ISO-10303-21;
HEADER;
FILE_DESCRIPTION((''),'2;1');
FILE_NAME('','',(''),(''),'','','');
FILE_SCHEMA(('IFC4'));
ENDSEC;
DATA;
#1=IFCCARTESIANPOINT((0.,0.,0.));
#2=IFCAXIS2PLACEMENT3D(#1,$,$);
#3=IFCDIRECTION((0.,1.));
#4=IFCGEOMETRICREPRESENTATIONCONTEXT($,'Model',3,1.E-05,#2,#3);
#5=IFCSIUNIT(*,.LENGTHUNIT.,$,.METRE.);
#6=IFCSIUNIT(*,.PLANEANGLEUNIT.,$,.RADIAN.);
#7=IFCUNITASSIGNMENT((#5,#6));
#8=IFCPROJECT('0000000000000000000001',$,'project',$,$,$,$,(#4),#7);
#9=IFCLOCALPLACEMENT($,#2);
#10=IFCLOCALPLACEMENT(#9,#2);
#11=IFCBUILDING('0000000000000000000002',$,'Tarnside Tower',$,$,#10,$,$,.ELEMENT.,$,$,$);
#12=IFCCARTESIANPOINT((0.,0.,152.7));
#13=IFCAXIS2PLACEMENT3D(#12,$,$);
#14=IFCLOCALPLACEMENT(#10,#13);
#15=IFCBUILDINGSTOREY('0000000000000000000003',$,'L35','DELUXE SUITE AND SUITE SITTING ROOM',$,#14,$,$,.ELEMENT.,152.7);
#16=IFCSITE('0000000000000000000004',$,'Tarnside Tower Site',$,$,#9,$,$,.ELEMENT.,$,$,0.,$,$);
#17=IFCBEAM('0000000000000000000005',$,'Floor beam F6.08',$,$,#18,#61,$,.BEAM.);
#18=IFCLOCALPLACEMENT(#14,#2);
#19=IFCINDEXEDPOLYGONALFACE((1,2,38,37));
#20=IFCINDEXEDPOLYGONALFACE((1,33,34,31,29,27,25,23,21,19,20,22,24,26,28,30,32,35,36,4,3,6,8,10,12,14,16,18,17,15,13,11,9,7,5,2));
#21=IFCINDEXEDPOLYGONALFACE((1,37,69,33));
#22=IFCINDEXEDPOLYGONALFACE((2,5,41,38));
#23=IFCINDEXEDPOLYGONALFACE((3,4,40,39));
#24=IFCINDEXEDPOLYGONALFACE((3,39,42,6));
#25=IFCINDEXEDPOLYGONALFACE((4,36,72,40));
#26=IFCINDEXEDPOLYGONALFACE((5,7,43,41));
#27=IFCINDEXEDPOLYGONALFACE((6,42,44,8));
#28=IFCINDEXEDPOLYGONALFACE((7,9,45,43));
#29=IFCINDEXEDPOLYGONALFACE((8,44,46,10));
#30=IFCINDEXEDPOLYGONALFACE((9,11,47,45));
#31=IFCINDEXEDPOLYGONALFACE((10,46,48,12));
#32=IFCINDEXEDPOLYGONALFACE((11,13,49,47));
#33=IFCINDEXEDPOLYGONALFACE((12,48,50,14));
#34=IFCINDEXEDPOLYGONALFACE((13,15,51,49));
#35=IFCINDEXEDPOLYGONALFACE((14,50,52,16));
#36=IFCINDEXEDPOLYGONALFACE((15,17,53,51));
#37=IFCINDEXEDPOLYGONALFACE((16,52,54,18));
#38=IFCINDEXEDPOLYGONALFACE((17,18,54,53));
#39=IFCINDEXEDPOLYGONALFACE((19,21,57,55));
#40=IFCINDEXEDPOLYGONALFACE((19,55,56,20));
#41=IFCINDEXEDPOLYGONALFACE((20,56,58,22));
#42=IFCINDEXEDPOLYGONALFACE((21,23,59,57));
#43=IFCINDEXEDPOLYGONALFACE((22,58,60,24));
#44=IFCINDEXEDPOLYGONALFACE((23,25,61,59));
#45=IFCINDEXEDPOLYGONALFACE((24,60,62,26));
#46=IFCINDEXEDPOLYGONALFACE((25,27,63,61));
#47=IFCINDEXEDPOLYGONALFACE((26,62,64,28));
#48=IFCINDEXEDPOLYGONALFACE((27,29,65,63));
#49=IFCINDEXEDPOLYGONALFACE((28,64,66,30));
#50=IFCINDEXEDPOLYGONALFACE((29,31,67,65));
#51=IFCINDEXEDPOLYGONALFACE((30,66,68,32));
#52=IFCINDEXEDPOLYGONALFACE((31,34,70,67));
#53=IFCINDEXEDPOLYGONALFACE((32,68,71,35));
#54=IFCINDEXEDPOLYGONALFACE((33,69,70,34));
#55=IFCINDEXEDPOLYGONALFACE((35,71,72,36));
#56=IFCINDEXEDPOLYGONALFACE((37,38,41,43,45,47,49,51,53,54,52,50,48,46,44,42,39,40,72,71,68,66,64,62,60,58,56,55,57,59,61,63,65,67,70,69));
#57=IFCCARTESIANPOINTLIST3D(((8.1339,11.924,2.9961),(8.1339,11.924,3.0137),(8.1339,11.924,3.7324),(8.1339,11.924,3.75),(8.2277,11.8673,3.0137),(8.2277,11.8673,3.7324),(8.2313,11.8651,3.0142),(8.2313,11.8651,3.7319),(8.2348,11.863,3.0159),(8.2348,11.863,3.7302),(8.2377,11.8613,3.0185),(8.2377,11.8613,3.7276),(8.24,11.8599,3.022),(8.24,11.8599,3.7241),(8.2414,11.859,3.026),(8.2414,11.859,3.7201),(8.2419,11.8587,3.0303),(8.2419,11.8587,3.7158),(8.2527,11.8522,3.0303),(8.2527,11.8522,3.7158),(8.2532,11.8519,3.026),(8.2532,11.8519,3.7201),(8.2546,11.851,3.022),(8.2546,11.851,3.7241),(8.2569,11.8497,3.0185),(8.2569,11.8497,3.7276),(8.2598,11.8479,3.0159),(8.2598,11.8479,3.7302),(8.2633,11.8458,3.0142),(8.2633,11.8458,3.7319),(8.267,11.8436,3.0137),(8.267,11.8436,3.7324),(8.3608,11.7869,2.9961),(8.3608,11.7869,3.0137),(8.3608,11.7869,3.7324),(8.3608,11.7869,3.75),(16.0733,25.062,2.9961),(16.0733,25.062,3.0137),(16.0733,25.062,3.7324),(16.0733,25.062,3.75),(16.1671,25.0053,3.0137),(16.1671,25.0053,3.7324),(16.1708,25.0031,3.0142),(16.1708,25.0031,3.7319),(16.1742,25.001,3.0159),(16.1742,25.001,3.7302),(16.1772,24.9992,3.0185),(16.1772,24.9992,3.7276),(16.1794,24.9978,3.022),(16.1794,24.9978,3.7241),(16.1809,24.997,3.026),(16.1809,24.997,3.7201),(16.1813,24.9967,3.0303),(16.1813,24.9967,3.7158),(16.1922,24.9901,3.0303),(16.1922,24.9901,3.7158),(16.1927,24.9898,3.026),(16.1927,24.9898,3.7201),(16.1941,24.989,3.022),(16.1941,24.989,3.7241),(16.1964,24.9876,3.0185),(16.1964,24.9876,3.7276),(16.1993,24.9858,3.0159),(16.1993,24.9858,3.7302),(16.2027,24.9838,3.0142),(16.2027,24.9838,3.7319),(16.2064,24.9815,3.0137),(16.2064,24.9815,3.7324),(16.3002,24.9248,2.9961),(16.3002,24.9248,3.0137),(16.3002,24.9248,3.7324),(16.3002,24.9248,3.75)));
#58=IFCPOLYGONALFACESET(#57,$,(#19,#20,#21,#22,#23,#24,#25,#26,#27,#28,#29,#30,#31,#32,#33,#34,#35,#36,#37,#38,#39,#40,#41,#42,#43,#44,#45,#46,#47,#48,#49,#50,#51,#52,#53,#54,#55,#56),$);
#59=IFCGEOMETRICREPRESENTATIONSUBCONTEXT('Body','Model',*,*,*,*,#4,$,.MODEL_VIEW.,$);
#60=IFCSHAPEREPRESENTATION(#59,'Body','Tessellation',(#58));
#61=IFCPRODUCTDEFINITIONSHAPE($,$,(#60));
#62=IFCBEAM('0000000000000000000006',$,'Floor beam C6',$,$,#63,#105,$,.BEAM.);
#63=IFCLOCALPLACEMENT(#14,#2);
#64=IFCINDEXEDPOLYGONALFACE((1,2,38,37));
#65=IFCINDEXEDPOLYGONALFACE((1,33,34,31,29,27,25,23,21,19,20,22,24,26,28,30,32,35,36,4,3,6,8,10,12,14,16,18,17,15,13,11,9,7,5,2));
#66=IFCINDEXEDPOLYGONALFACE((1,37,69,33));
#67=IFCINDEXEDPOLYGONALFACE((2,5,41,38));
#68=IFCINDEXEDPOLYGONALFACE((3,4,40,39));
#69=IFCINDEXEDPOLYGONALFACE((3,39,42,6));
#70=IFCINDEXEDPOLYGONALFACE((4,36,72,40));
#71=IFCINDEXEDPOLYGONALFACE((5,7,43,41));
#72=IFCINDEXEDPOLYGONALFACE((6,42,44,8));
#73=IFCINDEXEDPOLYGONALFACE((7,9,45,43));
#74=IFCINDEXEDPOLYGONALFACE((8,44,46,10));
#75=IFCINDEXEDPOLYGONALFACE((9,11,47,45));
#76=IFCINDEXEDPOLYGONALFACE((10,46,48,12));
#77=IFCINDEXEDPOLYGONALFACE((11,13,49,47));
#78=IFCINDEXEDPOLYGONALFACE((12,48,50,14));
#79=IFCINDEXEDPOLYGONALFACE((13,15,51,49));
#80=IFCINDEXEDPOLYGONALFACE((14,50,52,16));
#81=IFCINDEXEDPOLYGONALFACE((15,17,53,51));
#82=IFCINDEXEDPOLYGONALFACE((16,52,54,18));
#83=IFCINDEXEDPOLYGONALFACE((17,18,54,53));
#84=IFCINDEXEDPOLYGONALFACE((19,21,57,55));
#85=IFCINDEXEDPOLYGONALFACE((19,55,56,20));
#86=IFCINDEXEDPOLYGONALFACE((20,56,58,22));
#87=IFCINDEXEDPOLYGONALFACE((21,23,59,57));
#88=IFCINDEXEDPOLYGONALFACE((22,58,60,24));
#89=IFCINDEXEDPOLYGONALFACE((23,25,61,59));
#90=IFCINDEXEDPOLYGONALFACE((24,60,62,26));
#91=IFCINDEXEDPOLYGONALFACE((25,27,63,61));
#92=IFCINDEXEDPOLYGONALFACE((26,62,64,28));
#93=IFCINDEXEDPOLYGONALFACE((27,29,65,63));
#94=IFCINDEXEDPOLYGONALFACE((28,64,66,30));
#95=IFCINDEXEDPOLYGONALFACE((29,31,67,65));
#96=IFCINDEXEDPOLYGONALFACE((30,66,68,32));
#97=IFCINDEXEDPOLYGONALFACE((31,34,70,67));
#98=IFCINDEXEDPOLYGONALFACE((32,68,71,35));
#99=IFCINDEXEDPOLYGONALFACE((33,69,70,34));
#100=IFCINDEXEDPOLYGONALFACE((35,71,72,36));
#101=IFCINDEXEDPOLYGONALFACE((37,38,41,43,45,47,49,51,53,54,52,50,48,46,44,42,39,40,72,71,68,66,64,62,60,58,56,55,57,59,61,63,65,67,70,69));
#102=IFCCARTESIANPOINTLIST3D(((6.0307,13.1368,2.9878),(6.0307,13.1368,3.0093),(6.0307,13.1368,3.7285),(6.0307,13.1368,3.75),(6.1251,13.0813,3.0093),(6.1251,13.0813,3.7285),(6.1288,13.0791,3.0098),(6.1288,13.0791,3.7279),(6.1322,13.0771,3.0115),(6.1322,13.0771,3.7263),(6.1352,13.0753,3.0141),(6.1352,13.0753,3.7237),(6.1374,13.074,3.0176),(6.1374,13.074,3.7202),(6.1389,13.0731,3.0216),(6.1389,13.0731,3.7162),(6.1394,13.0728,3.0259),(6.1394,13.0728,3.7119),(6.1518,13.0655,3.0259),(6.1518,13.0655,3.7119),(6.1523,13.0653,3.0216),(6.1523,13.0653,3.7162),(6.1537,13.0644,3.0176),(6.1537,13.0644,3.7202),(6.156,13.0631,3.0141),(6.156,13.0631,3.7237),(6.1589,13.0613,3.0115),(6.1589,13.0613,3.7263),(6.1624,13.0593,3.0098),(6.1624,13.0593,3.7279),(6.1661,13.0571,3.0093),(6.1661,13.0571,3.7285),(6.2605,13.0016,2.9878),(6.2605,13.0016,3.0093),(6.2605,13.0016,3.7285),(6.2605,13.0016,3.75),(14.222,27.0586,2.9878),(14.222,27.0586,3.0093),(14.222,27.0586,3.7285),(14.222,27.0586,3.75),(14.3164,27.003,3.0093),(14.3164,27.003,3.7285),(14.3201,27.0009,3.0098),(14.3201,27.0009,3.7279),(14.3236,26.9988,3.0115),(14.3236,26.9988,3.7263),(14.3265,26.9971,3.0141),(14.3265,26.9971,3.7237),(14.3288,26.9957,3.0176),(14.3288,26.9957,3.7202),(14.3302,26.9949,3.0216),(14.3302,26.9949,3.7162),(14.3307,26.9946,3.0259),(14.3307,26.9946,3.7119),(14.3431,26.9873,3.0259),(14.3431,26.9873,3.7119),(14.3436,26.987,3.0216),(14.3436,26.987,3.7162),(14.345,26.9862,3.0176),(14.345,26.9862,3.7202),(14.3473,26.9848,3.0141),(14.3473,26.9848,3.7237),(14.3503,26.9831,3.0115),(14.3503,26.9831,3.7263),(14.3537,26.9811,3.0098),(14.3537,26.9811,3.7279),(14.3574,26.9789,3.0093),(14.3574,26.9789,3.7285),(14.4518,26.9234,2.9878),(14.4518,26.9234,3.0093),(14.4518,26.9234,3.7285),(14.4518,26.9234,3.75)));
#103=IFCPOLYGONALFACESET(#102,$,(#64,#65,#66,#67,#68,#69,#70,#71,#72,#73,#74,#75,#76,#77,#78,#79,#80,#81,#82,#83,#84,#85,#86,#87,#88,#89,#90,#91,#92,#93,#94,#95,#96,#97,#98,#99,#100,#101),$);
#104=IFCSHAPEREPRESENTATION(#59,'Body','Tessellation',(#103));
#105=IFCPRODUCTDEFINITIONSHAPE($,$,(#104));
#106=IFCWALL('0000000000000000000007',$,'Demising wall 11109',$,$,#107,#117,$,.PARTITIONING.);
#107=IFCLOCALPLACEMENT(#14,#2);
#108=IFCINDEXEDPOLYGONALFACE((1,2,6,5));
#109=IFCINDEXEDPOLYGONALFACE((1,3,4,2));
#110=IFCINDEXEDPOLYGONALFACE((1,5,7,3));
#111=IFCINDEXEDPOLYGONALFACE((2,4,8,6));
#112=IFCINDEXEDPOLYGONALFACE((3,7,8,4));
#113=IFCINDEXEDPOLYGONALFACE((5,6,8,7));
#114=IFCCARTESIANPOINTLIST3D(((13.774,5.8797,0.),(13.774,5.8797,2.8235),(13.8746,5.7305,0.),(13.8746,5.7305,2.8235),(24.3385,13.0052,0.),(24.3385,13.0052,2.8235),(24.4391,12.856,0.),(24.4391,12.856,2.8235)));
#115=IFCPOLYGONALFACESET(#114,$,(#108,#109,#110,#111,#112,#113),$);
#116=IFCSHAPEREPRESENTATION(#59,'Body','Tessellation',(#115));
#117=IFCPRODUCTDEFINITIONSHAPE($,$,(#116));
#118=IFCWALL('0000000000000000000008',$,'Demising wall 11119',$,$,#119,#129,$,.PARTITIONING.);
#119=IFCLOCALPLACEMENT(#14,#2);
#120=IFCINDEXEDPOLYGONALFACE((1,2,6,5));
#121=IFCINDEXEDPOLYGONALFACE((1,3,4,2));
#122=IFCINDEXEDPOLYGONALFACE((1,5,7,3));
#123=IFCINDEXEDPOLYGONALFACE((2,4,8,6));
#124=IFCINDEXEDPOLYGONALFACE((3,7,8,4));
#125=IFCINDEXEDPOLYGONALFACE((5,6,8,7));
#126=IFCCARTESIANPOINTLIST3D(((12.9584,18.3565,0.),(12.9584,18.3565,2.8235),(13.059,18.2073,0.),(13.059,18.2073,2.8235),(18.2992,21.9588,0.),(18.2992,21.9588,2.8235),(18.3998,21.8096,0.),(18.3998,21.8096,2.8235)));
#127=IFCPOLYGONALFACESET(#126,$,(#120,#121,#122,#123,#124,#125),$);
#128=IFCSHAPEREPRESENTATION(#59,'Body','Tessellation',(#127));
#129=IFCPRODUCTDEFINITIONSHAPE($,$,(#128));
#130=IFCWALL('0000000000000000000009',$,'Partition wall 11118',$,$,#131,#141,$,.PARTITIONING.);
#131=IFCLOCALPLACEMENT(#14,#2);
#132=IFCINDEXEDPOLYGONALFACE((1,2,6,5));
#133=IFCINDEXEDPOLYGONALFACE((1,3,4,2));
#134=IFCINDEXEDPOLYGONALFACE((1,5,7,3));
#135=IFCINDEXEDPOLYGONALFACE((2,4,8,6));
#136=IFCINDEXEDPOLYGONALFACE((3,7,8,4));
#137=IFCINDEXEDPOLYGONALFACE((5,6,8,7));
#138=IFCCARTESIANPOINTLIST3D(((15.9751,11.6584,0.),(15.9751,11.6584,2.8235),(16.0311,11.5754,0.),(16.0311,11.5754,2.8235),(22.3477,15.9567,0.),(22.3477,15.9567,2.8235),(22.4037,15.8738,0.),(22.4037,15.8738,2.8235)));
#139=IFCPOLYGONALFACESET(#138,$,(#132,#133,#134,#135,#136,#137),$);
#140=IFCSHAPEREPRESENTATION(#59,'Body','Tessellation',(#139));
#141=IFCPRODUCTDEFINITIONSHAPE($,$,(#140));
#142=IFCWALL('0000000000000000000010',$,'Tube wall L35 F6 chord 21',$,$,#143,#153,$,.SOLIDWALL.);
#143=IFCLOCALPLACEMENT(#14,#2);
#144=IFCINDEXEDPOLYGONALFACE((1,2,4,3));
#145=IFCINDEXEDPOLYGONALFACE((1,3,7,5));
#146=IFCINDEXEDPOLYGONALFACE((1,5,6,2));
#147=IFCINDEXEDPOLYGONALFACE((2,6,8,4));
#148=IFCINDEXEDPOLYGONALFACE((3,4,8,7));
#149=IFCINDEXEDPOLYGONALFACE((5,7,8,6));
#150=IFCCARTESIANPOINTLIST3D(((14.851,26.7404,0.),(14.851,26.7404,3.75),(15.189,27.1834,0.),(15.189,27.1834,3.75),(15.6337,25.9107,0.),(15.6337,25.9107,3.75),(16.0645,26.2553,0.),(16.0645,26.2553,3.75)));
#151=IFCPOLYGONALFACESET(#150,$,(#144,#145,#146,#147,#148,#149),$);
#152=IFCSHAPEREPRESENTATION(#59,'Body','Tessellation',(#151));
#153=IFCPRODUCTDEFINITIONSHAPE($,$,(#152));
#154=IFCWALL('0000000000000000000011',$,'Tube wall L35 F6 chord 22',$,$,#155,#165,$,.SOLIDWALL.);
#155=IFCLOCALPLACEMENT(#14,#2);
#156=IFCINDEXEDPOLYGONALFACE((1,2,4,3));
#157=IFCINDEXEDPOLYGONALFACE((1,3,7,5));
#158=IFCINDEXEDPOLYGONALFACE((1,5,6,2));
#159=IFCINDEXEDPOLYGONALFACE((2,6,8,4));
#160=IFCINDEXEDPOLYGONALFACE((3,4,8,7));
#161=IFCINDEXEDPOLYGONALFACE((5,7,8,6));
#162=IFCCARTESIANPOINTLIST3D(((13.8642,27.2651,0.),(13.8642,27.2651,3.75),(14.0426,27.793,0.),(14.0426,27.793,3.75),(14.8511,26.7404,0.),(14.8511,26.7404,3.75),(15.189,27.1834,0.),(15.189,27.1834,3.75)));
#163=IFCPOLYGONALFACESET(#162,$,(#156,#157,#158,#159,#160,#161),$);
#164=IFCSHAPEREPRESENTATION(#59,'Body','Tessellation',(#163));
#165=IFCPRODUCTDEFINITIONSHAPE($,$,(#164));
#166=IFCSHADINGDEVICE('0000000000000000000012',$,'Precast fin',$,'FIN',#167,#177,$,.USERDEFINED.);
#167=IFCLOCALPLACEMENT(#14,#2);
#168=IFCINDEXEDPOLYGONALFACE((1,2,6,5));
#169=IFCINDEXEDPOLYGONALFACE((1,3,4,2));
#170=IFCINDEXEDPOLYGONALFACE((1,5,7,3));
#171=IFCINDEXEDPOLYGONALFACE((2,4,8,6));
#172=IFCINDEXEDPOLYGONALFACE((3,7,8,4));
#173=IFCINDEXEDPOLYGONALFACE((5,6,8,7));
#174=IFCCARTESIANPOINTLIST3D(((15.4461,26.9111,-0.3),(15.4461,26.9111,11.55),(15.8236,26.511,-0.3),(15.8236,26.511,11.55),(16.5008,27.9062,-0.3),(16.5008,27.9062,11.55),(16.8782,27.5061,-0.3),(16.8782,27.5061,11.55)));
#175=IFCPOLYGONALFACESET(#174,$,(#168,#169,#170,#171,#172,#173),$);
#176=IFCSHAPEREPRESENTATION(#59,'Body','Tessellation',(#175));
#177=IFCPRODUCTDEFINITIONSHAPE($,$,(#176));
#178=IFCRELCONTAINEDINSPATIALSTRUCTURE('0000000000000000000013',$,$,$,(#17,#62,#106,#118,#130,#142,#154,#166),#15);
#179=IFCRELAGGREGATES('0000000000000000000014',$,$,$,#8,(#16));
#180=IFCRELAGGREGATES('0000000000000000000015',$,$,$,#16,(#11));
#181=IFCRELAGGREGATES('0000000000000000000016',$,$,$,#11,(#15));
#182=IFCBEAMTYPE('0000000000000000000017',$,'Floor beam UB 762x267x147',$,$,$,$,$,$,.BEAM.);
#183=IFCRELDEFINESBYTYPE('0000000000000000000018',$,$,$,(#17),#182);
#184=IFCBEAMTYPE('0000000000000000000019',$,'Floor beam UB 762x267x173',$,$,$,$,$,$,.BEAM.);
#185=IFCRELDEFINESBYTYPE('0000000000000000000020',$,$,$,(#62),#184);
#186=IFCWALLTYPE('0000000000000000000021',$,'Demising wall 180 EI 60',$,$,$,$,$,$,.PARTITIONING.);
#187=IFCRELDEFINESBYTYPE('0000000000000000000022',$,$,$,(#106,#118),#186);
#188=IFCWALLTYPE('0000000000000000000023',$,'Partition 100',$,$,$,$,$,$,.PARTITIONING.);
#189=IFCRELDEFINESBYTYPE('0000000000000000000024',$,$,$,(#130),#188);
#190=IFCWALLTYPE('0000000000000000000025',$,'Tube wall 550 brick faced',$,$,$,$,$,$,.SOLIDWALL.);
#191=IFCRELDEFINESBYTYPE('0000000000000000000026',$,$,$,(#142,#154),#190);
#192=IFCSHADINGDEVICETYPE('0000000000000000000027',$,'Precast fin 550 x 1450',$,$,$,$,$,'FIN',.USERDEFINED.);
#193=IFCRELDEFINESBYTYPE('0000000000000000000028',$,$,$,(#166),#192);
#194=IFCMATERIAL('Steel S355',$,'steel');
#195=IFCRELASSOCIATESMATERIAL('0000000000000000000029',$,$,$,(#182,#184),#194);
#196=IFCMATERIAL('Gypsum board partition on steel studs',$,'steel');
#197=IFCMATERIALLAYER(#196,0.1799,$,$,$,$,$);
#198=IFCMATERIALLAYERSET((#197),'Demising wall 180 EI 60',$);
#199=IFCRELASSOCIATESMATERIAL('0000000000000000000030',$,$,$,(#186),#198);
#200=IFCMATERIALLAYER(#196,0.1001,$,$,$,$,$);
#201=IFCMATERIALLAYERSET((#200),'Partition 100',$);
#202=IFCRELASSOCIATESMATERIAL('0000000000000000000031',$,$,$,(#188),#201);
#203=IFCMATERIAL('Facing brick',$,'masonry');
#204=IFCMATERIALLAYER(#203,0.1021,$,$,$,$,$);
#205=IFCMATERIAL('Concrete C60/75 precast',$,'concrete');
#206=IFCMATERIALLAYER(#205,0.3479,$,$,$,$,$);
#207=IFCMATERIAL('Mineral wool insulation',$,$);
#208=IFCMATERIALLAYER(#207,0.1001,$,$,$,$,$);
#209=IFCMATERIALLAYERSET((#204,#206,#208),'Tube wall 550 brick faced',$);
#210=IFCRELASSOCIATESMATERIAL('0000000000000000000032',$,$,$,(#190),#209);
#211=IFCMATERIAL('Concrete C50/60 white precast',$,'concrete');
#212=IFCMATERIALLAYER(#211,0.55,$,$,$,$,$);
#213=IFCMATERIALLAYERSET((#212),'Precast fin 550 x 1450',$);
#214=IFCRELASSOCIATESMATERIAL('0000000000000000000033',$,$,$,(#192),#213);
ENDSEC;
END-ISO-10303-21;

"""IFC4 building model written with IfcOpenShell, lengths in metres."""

from ifc_helpers import new_model, si_unit, direction, frame, frame_2d, origin, origin_2d, place, context, subcontext, project, spatial, polyline, rectangle, i_section, outline, extrude, material, layer, layer_set, material_profile, profile_set, type_object, element, save


model = new_model("IFC4")

# Units and contexts
model_context = context("Model", 3, precision=1e-05, world=origin(), true_north=direction((0.0, 1.0)))
body_context = subcontext(model_context, "Body", "Model", "MODEL_VIEW")
ifc_project = project(units=[si_unit("LENGTHUNIT", "METRE"), si_unit("PLANEANGLEUNIT", "RADIAN")], contexts=[model_context])

# Site, building, storey
site_placement = place(None, origin())
site = spatial("IfcSite", under=ifc_project, at=site_placement, Name="Tarnside Tower Site", CompositionType="ELEMENT", RefElevation=0.0)
building_placement = place(site_placement, origin())
building = spatial("IfcBuilding", under=site, at=building_placement, Name="Tarnside Tower", CompositionType="ELEMENT")
storey_placement = place(building_placement, frame((0.0, 0.0, 152.7)))
storey = spatial("IfcBuildingStorey", under=building, at=storey_placement, Name="L35", Description="DELUXE SUITE AND SUITE SITTING ROOM", CompositionType="ELEMENT", Elevation=152.7)

# Beams
ifc_material_1 = material(Name="Steel S355", Category="steel")
ifc_material_profile_1 = material_profile(ifc_material_1, i_section(OverallWidth=0.2651, OverallDepth=0.7539, WebThickness=0.0127, FlangeThickness=0.0176, FilletRadius=0.0166, at=origin_2d()), Name="UB 762x267x147")
ifc_profile_set_1 = profile_set([ifc_material_profile_1], Name="Steel S355")
beam_type_1 = type_object("IfcBeamType", Name="Floor beam UB 762x267x147", PredefinedType="BEAM", material=ifc_profile_set_1)
beam_1_placement = place(storey_placement, frame((16.1868, 24.9934, 3.373), z_axis=(-0.517209, -0.855859, 0.0), x_axis=(0.855859, -0.517209, 0.0)))
element("IfcBeam", 1, at=beam_1_placement, inside=storey, type_object=beam_type_1, Name="Floor beam F6.08", PredefinedType="BEAM", context=body_context, shape_type="SweptSolid", body=[
    extrude(i_section(OverallWidth=0.2651, OverallDepth=0.7539, WebThickness=0.0127, FlangeThickness=0.0176, FilletRadius=0.0166, at=origin_2d()), origin(), (0.0, 0.0, 1.0), 15.3506),
])
ifc_material_profile_2 = material_profile(ifc_material_1, i_section(OverallWidth=0.2666, OverallDepth=0.7622, WebThickness=0.0144, FlangeThickness=0.0215, FilletRadius=0.0166, at=origin_2d()), Name="UB 762x267x173")
ifc_profile_set_2 = profile_set([ifc_material_profile_2], Name="Steel S355")
beam_type_2 = type_object("IfcBeamType", Name="Floor beam UB 762x267x173", PredefinedType="BEAM", material=ifc_profile_set_2)
beam_2_placement = place(storey_placement, frame((14.3369, 26.991, 3.3689), z_axis=(-0.507115, -0.861878, 0.0), x_axis=(0.861878, -0.507115, 0.0)))
element("IfcBeam", 2, at=beam_2_placement, inside=storey, type_object=beam_type_2, Name="Floor beam C6", PredefinedType="BEAM", context=body_context, shape_type="SweptSolid", body=[
    extrude(i_section(OverallWidth=0.2666, OverallDepth=0.7622, WebThickness=0.0144, FlangeThickness=0.0215, FilletRadius=0.0166, at=origin_2d()), origin(), (0.0, 0.0, 1.0), 16.1528),
])

# Walls
ifc_material_2 = material(Name="Gypsum board partition on steel studs", Category="steel")
ifc_layer_1 = layer(ifc_material_2, 0.1799)
ifc_layer_set_1 = layer_set([ifc_layer_1], Name="Demising wall 180 EI 60")
wall_type_1 = type_object("IfcWallType", Name="Demising wall 180 EI 60", PredefinedType="PARTITIONING", material=ifc_layer_set_1)
wall_1_placement = place(storey_placement, frame((24.3889, 12.9307, 0.0), z_axis=(0.0, 0.0, 1.0), x_axis=(-0.829049, -0.559175, 0.0)))
element("IfcWall", 3, at=wall_1_placement, inside=storey, type_object=wall_type_1, Name="Demising wall 11109", PredefinedType="PARTITIONING", context=body_context, shape_type="SweptSolid", body=[
    extrude(rectangle(XDim=12.7429, YDim=0.1799, at=frame_2d((6.3716, 0.0))), origin(), (0.0, 0.0, 1.0), 2.8235),
])
wall_2_placement = place(storey_placement, frame((18.3496, 21.8843, 0.0), z_axis=(0.0, 0.0, 1.0), x_axis=(-0.829047, -0.559179, 0.0)))
element("IfcWall", 4, at=wall_2_placement, inside=storey, type_object=wall_type_1, Name="Demising wall 11119", PredefinedType="PARTITIONING", context=body_context, shape_type="SweptSolid", body=[
    extrude(rectangle(XDim=6.4421, YDim=0.1799, at=frame_2d((3.2212, 0.0))), origin(), (0.0, 0.0, 1.0), 2.8235),
])
ifc_layer_2 = layer(ifc_material_2, 0.1001)
ifc_layer_set_2 = layer_set([ifc_layer_2], Name="Partition 100")
wall_type_2 = type_object("IfcWallType", Name="Partition 100", PredefinedType="PARTITIONING", material=ifc_layer_set_2)
wall_3_placement = place(storey_placement, frame((16.0032, 11.6169, 0.0), z_axis=(0.0, 0.0, 1.0), x_axis=(0.829038, 0.559192, 0.0)))
element("IfcWall", 5, at=wall_3_placement, inside=storey, type_object=wall_type_2, Name="Partition wall 11118", PredefinedType="PARTITIONING", context=body_context, shape_type="SweptSolid", body=[
    extrude(rectangle(XDim=7.6868, YDim=0.1001, at=frame_2d((3.8433, 0.0))), origin(), (0.0, 0.0, 1.0), 2.8235),
])
ifc_material_3 = material(Name="Facing brick", Category="masonry")
ifc_layer_3 = layer(ifc_material_3, 0.1021)
ifc_material_4 = material(Name="Concrete C60/75 precast", Category="concrete")
ifc_layer_4 = layer(ifc_material_4, 0.3479)
ifc_material_5 = material(Name="Mineral wool insulation")
ifc_layer_5 = layer(ifc_material_5, 0.1001)
ifc_layer_set_3 = layer_set([ifc_layer_3, ifc_layer_4, ifc_layer_5], Name="Tube wall 550 brick faced")
wall_type_3 = type_object("IfcWallType", Name="Tube wall 550 brick faced", PredefinedType="SOLIDWALL", material=ifc_layer_set_3)
wall_4_placement = place(storey_placement, frame((15.8491, 26.083, 0.0), z_axis=(0.0, 0.0, 1.0), x_axis=(-0.686196, 0.727416, 0.0)))
element("IfcWall", 6, at=wall_4_placement, inside=storey, type_object=wall_type_3, Name="Tube wall L35 F6 chord 21", PredefinedType="SOLIDWALL", context=body_context, shape_type="SweptSolid", body=[
    extrude(outline(polyline([(-0.0225, -0.2749), (1.2534, -0.2749), (1.1631, 0.2749), (0.0225, 0.2749), (-0.0225, -0.2749)])), origin(), (0.0, 0.0, 1.0), 3.75),
])
wall_5_placement = place(storey_placement, frame((15.02, 26.9619, 0.0), z_axis=(0.0, 0.0, 1.0), x_axis=(-0.882951, 0.469465, 0.0)))
element("IfcWall", 7, at=wall_5_placement, inside=storey, type_object=wall_type_3, Name="Tube wall L35 F6 chord 22", PredefinedType="SOLIDWALL", context=body_context, shape_type="SweptSolid", body=[
    extrude(outline(polyline([(-0.0452, -0.2749), (1.2532, -0.2749), (1.1628, 0.2749), (0.0452, 0.2749), (-0.0452, -0.2749)])), origin(), (0.0, 0.0, 1.0), 3.75),
])

# Shading device
ifc_material_6 = material(Name="Concrete C50/60 white precast", Category="concrete")
ifc_layer_6 = layer(ifc_material_6, 0.55)
ifc_layer_set_4 = layer_set([ifc_layer_6], Name="Precast fin 550 x 1450")
shading_device_type_1 = type_object("IfcShadingDeviceType", Name="Precast fin 550 x 1450", ElementType="FIN", PredefinedType="USERDEFINED", material=ifc_layer_set_4)
shading_device_placement = place(storey_placement, frame((15.6348, 26.7112, -0.3), z_axis=(0.686242, -0.727374, 0.0), x_axis=(0.727374, 0.686242, 0.0)))
element("IfcShadingDevice", 8, at=shading_device_placement, inside=storey, type_object=shading_device_type_1, Name="Precast fin", ObjectType="FIN", PredefinedType="USERDEFINED", context=body_context, shape_type="SweptSolid", body=[
    extrude(outline(polyline([(0.0, 0.0), (1.45, 0.0), (1.45, 11.8501), (0.0, 11.8501), (0.0, 0.0)])), frame((0.0, 0.0, -0.2749)), (0.0, 0.0, 1.0), 0.55),
])

save(model, "model.ifc")
